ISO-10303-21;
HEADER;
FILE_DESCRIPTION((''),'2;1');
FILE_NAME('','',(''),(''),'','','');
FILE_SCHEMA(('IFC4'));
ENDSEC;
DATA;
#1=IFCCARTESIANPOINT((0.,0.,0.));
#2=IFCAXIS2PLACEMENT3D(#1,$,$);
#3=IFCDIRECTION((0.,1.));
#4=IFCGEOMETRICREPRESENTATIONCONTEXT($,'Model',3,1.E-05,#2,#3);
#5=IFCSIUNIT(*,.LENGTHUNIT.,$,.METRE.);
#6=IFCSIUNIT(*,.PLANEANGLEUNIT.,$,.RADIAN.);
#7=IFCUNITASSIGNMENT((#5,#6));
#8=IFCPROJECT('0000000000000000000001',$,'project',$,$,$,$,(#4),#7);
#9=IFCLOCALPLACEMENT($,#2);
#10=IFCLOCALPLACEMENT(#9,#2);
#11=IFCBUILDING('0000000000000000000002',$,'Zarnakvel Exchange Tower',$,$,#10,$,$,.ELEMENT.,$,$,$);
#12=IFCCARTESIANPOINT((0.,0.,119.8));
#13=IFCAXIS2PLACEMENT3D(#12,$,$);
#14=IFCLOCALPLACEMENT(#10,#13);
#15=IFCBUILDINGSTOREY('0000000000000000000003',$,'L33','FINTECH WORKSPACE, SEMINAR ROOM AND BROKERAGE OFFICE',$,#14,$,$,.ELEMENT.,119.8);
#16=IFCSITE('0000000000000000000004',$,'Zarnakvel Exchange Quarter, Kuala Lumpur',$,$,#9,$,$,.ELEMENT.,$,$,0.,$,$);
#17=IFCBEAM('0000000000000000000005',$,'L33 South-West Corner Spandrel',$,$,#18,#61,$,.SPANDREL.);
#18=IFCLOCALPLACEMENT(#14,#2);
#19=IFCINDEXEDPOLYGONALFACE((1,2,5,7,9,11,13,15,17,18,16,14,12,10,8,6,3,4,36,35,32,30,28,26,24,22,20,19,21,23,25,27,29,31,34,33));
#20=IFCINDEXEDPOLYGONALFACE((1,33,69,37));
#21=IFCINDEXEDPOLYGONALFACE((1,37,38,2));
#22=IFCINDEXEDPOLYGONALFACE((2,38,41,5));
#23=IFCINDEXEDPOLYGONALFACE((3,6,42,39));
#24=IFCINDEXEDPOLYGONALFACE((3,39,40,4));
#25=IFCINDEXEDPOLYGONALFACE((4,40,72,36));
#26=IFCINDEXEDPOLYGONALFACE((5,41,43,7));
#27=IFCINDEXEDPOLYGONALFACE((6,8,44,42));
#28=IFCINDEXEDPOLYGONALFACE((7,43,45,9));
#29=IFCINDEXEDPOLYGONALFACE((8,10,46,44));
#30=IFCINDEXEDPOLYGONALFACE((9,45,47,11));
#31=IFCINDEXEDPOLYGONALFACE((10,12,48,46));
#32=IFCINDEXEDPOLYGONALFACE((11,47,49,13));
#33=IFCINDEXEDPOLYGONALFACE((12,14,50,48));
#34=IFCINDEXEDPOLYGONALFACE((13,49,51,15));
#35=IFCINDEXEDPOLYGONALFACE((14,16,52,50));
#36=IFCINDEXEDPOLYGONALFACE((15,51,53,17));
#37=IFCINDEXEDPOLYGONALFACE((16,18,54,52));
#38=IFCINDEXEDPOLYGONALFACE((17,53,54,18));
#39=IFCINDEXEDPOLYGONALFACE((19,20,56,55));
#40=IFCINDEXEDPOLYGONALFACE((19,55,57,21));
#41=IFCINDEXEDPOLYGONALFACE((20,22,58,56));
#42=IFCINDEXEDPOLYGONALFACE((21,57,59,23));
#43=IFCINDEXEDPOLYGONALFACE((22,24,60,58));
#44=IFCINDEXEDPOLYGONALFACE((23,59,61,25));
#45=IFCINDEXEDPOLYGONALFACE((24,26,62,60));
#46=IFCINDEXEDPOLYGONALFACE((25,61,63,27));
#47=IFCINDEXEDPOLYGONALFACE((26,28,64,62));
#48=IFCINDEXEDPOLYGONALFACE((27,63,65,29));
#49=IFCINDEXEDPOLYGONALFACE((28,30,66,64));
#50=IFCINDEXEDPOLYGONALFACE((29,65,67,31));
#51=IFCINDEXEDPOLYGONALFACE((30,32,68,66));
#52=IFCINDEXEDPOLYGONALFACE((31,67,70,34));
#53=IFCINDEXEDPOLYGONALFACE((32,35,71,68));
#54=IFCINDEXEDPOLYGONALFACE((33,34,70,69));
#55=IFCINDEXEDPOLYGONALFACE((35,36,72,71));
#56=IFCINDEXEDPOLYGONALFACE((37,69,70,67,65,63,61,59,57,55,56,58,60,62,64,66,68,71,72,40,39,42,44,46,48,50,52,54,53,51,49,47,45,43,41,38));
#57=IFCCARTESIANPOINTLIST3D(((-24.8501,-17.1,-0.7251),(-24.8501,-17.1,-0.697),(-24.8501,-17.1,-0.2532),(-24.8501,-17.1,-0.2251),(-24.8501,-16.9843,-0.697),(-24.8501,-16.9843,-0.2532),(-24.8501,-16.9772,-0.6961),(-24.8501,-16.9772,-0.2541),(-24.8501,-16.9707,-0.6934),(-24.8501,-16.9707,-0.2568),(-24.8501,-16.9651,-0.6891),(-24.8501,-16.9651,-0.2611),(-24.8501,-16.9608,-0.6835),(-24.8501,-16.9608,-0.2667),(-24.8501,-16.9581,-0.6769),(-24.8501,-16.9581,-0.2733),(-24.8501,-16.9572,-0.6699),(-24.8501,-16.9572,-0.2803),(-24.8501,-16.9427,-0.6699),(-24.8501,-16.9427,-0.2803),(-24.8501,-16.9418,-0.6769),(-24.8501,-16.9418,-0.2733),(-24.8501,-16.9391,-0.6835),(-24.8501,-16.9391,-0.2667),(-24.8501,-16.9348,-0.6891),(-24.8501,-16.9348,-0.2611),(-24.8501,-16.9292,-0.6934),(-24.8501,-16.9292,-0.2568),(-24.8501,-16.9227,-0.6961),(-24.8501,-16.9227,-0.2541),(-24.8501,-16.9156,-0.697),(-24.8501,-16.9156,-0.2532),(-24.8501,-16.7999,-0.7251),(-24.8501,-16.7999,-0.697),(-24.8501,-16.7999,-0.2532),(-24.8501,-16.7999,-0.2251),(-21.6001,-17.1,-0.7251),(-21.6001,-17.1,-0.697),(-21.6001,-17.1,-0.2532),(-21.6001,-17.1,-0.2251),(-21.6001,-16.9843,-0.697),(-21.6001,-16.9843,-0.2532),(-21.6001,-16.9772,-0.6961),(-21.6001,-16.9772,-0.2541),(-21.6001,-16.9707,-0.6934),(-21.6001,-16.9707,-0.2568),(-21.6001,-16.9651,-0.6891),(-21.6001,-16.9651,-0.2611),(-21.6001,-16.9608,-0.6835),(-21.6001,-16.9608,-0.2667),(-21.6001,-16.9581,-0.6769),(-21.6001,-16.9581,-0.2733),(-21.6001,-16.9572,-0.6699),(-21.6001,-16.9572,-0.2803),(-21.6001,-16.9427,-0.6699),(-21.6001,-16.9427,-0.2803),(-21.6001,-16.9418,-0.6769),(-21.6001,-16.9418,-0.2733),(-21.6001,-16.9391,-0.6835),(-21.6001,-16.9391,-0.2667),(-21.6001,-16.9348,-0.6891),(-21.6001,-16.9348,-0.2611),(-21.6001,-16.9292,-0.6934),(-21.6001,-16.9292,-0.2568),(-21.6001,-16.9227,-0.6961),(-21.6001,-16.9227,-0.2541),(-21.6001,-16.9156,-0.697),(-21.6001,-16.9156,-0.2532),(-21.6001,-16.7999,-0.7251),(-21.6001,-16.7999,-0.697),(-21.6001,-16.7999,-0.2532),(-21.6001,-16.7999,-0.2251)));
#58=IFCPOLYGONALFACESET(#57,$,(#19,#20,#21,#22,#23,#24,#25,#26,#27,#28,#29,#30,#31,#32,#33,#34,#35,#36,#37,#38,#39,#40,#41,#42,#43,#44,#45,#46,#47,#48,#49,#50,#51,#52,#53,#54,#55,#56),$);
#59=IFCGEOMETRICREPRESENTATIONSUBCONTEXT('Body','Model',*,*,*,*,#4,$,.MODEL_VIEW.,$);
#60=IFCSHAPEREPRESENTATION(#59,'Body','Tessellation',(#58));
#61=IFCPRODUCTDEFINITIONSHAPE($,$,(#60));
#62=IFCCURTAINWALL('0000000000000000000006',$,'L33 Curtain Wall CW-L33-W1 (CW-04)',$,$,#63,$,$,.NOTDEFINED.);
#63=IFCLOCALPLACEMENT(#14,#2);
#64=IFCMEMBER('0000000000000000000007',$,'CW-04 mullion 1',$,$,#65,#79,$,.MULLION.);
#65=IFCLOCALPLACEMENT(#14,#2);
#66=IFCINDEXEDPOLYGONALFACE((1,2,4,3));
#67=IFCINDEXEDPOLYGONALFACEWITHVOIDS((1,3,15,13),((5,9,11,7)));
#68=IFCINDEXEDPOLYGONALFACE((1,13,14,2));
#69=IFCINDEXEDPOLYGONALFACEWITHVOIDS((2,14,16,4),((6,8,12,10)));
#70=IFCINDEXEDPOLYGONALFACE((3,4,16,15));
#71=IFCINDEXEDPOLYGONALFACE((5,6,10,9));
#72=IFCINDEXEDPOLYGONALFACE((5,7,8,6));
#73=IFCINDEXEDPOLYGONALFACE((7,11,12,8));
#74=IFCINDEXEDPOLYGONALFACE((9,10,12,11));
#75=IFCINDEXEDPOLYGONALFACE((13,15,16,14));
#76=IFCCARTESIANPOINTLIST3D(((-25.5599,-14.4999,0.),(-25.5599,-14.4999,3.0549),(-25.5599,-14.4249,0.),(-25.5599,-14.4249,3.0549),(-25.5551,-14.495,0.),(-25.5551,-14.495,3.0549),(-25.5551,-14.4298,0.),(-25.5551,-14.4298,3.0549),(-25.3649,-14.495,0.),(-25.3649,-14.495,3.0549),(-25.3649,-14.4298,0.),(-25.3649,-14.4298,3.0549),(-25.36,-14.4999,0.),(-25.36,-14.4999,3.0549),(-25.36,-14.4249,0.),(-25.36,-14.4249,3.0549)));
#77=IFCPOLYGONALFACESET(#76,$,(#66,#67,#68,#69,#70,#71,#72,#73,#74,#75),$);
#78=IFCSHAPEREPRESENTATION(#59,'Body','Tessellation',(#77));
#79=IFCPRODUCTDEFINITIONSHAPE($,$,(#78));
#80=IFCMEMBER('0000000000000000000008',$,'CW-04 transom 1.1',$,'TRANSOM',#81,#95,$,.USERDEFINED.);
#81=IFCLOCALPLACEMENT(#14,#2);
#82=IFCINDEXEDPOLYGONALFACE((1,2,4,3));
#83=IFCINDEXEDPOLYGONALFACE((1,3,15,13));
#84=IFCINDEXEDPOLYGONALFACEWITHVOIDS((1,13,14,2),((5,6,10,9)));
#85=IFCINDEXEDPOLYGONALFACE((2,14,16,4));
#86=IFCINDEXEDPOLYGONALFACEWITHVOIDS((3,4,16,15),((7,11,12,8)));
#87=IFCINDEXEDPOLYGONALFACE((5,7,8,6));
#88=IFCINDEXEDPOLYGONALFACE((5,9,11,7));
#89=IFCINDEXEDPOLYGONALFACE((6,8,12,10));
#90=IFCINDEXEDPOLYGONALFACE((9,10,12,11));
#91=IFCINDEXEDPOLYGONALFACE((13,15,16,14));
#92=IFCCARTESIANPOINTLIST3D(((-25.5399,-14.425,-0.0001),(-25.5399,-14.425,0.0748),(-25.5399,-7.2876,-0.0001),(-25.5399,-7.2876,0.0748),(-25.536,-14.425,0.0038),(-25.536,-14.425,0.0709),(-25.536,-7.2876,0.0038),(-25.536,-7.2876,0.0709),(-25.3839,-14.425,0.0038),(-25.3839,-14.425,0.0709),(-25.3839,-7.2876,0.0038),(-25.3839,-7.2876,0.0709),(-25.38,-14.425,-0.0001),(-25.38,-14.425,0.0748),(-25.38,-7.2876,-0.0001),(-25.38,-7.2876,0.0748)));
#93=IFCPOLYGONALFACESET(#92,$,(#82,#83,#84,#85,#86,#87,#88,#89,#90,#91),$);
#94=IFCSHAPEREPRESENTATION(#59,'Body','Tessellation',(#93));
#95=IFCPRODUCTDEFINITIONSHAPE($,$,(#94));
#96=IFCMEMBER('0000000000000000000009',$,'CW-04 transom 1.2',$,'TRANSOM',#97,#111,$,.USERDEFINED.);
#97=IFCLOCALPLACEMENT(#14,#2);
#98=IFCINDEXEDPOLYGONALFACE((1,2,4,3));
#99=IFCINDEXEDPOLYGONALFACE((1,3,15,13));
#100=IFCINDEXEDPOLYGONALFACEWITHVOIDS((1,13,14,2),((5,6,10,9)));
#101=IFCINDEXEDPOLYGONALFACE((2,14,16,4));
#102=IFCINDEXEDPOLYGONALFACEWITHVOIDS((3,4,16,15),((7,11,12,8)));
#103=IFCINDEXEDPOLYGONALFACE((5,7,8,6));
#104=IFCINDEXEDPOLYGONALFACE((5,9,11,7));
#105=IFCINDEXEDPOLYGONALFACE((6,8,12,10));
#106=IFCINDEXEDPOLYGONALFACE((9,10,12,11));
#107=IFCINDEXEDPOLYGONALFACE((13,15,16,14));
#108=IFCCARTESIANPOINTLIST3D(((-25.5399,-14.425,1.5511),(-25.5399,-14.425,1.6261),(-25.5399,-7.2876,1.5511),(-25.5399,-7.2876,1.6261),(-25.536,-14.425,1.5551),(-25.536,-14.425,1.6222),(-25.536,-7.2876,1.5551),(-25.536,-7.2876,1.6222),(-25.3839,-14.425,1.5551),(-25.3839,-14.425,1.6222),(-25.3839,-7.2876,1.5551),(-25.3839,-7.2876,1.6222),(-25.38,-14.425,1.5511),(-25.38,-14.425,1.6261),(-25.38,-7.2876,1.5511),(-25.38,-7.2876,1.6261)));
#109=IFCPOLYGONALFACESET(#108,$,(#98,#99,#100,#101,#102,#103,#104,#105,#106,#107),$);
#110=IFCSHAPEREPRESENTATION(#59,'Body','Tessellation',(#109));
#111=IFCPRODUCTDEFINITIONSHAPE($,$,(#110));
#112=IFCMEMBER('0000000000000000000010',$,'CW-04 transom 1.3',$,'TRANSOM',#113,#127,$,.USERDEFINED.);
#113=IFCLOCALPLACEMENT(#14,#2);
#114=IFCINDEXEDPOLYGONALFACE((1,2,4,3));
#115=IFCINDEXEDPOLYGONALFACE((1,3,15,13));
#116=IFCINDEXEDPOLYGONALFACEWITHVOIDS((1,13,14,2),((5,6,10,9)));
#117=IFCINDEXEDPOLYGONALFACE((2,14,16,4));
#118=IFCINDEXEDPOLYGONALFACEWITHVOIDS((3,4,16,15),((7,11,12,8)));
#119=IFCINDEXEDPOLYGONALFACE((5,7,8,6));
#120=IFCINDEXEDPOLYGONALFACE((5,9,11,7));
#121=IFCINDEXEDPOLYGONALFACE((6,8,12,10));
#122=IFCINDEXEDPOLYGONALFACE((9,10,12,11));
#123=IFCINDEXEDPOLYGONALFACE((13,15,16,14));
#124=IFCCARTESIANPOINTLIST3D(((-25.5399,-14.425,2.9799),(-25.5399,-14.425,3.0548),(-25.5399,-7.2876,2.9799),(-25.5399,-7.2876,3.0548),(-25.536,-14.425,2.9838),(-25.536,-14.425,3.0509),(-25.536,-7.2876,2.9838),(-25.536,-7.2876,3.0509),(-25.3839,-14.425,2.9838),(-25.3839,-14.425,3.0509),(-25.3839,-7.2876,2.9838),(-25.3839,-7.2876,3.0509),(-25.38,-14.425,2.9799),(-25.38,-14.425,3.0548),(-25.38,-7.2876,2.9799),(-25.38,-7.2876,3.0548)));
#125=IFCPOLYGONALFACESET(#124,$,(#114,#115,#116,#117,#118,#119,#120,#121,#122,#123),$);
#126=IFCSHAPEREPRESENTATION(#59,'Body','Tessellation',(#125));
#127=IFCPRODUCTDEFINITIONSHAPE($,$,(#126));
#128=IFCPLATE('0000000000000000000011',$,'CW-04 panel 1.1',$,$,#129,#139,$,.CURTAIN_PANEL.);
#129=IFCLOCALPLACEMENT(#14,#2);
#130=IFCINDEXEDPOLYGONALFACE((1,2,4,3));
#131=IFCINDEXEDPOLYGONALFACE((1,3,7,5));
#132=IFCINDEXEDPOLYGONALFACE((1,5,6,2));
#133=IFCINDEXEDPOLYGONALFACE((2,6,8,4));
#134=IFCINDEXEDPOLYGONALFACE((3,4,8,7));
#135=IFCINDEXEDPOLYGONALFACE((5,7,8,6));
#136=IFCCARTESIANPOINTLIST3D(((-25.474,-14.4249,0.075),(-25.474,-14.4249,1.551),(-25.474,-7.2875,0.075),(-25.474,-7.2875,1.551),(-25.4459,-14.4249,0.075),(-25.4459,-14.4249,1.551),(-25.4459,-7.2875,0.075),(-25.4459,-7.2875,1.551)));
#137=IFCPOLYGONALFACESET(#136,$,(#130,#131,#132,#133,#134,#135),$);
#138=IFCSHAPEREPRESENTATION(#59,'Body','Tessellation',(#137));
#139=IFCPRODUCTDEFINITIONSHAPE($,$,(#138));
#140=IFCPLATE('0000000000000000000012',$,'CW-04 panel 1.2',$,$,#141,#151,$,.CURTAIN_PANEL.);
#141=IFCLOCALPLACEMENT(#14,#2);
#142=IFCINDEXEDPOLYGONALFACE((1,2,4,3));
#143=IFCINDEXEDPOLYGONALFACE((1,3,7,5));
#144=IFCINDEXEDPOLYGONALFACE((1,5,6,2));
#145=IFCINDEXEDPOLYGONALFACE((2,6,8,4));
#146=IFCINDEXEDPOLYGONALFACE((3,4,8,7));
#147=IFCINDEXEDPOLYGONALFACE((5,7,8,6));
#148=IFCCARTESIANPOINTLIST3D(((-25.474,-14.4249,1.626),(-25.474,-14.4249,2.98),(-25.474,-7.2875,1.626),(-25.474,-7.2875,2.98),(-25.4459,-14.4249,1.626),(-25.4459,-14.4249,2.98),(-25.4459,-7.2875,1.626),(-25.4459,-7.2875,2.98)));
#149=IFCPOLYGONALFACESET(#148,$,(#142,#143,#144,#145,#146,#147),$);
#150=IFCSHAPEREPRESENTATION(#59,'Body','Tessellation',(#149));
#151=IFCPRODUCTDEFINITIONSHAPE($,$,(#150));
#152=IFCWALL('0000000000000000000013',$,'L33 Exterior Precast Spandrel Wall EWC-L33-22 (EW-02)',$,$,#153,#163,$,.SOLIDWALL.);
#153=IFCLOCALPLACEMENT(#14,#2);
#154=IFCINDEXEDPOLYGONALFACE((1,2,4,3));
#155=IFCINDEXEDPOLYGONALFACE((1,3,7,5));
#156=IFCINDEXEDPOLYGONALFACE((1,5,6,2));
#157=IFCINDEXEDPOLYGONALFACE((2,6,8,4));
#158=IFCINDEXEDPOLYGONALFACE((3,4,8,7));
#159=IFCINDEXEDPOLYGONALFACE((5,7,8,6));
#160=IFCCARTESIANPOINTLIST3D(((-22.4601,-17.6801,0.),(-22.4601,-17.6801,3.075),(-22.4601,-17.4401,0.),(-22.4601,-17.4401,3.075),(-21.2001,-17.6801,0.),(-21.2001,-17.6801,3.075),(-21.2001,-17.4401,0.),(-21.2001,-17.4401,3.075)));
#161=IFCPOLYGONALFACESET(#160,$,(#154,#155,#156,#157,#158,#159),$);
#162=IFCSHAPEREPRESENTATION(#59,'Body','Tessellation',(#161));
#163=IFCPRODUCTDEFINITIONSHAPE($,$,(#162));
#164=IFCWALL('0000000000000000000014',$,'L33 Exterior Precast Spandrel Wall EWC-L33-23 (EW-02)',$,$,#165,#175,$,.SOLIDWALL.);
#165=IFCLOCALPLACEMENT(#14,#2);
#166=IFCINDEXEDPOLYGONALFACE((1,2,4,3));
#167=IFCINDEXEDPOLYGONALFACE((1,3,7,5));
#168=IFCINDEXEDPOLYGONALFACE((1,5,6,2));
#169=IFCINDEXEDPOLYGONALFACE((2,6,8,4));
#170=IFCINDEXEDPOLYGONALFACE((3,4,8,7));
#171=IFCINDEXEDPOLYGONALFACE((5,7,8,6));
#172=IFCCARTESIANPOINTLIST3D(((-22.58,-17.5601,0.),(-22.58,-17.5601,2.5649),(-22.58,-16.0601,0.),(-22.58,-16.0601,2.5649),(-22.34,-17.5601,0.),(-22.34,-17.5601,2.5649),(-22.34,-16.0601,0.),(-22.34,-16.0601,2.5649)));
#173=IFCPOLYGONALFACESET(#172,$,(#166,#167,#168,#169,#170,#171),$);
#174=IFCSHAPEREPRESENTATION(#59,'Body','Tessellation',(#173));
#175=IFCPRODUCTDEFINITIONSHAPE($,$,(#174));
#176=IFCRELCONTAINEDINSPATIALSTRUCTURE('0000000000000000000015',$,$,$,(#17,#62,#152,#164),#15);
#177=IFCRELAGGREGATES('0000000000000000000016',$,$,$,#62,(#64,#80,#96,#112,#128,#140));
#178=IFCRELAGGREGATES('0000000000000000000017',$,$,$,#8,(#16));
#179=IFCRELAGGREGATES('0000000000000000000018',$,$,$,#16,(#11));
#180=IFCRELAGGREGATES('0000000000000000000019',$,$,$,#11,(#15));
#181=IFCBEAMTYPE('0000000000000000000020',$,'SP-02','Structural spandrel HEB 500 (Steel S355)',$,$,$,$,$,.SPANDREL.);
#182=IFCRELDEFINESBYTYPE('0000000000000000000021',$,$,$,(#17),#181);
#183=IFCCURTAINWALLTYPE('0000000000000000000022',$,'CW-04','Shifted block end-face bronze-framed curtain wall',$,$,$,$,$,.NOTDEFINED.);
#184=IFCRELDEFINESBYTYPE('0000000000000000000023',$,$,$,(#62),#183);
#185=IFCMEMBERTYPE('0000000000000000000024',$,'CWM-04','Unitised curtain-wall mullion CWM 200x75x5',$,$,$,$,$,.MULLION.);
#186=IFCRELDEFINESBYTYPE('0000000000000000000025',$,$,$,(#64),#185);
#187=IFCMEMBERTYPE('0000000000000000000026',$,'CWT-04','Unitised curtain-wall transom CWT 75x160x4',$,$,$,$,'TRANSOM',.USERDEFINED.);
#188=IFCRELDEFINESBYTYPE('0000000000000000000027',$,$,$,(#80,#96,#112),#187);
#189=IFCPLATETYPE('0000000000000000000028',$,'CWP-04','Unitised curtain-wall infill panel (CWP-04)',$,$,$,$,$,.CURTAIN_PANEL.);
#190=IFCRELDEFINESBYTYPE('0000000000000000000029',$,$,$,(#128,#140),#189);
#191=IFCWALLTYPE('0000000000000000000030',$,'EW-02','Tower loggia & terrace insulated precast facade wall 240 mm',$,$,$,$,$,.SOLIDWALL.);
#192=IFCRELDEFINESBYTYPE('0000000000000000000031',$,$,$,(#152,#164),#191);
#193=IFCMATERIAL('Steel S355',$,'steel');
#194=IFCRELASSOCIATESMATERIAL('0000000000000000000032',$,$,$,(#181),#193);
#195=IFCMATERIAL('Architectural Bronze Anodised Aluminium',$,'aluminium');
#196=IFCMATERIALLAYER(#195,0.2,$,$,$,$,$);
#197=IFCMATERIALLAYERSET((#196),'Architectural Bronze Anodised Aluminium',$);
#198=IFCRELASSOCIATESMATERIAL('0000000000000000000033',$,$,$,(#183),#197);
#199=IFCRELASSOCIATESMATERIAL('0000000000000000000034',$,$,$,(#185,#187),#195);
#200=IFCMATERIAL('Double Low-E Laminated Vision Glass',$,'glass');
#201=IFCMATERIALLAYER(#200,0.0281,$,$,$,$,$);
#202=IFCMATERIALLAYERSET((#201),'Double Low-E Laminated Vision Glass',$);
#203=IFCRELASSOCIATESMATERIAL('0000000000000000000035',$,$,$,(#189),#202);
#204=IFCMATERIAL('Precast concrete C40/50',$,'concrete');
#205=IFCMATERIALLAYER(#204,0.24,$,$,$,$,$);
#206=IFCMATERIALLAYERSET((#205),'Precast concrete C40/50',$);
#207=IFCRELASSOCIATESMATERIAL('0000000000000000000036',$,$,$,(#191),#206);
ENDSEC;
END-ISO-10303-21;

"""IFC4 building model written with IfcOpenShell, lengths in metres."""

from ifc_helpers import new_model, si_unit, direction, frame, frame_2d, origin, origin_2d, place, context, subcontext, project, spatial, rectangle, hollow_rectangle, i_section, extrude, source, transform, mapped, material, layer, layer_set, material_profile, profile_set, type_object, element, aggregate, save


model = new_model("IFC4")

# Units and contexts
model_context = context("Model", 3, precision=1e-05, world=origin(), true_north=direction((0.0, 1.0)))
body_context = subcontext(model_context, "Body", "Model", "MODEL_VIEW")
ifc_project = project(units=[si_unit("LENGTHUNIT", "METRE"), si_unit("PLANEANGLEUNIT", "RADIAN")], contexts=[model_context])

# Site, building, storey
site_placement = place(None, origin())
site = spatial("IfcSite", under=ifc_project, at=site_placement, Name="Zarnakvel Exchange Quarter, Kuala Lumpur", CompositionType="ELEMENT", RefElevation=0.0)
building_placement = place(site_placement, origin())
building = spatial("IfcBuilding", under=site, at=building_placement, Name="Zarnakvel Exchange Tower", CompositionType="ELEMENT")
storey_placement = place(building_placement, frame((0.0, 0.0, 119.8)))
storey = spatial("IfcBuildingStorey", under=building, at=storey_placement, Name="L33", Description="FINTECH WORKSPACE, SEMINAR ROOM AND BROKERAGE OFFICE", CompositionType="ELEMENT", Elevation=119.8)

# Shared definitions
ifc_material_1 = material(Name="Steel S355", Category="steel")

# Beam
ifc_material_profile_1 = material_profile(ifc_material_1, i_section(OverallWidth=0.3, OverallDepth=0.5, WebThickness=0.0144, FlangeThickness=0.0281, FilletRadius=0.0271, at=origin_2d()))
ifc_profile_set_1 = profile_set([ifc_material_profile_1], Name="Steel S355")
beam_type_1 = type_object("IfcBeamType", Name="SP-02", Description="Structural spandrel HEB 500 (Steel S355)", PredefinedType="SPANDREL", material=ifc_profile_set_1)
beam_1_placement = place(storey_placement, frame((-24.8501, -16.95, -0.4751), z_axis=(1.0, 0.0, 0.0), x_axis=(0.0, 1.0, 0.0)))
element("IfcBeam", 1, at=beam_1_placement, inside=storey, type_object=beam_type_1, Name="L33 South-West Corner Spandrel", PredefinedType="SPANDREL", context=body_context, shape_type="SweptSolid", body=[
    extrude(i_section(OverallWidth=0.3, OverallDepth=0.5, WebThickness=0.0144, FlangeThickness=0.0281, FilletRadius=0.0271, at=origin_2d()), origin(), (0.0, 0.0, 1.0), 3.25),
])

# Curtain wall, members, plates
ifc_material_2 = material(Name="Architectural Bronze Anodised Aluminium", Category="aluminium")
ifc_layer_1 = layer(ifc_material_2, 0.2)
ifc_layer_set_1 = layer_set([ifc_layer_1], Name="Architectural Bronze Anodised Aluminium")
curtain_wall_type = type_object("IfcCurtainWallType", Name="CW-04", Description="Shifted block end-face bronze-framed curtain wall", PredefinedType="NOTDEFINED", material=ifc_layer_set_1)
curtain_wall_placement = place(storey_placement, origin())
curtain_wall = element("IfcCurtainWall", 2, at=curtain_wall_placement, inside=storey, type_object=curtain_wall_type, Name="L33 Curtain Wall CW-L33-W1 (CW-04)", PredefinedType="NOTDEFINED")
ifc_material_profile_2 = material_profile(ifc_material_2, hollow_rectangle(XDim=0.2, YDim=0.075, WallThickness=0.0049, at=origin_2d()))
ifc_profile_set_2 = profile_set([ifc_material_profile_2], Name="Architectural Bronze Anodised Aluminium")
member_type_1 = type_object("IfcMemberType", Name="CWM-04", Description="Unitised curtain-wall mullion CWM 200x75x5", PredefinedType="MULLION", material=ifc_profile_set_2)
shared_shape_1 = source(origin(), body_context, "Body", "SweptSolid", [
    extrude(hollow_rectangle(XDim=0.2, YDim=0.075, WallThickness=0.0049, at=origin_2d()), origin(), (0.0, 0.0, 1.0), 3.0549),
])
member_1_placement = place(storey_placement, frame((-25.46, -14.4624, 0.0), z_axis=(0.0, 0.0, 1.0), x_axis=(-1.0, 0.0, 0.0)))
member_1 = element("IfcMember", 3, at=member_1_placement, type_object=member_type_1, Name="CW-04 mullion 1", PredefinedType="MULLION", context=body_context, shape_type="MappedRepresentation", body=[
    mapped(shared_shape_1, transform((0.0, 0.0, 0.0), x_axis=(1.0, 0.0, 0.0), y_axis=(0.0, 1.0, 0.0), z_axis=(0.0, 0.0, 1.0), scale=1.0)),
])
ifc_material_profile_3 = material_profile(ifc_material_2, hollow_rectangle(XDim=0.1599, YDim=0.075, WallThickness=0.0039, at=origin_2d()))
ifc_profile_set_3 = profile_set([ifc_material_profile_3], Name="Architectural Bronze Anodised Aluminium")
member_type_2 = type_object("IfcMemberType", Name="CWT-04", Description="Unitised curtain-wall transom CWT 75x160x4", ElementType="TRANSOM", PredefinedType="USERDEFINED", material=ifc_profile_set_3)
shared_shape_2 = source(origin(), body_context, "Body", "SweptSolid", [
    extrude(hollow_rectangle(XDim=0.1599, YDim=0.075, WallThickness=0.0039, at=origin_2d()), origin(), (0.0, 0.0, 1.0), 7.1375),
])
member_2_placement = place(storey_placement, frame((-25.46, -14.425, 0.0374), z_axis=(0.0, 1.0, 0.0), x_axis=(-1.0, 0.0, 0.0)))
member_2 = element("IfcMember", 4, at=member_2_placement, type_object=member_type_2, Name="CW-04 transom 1.1", ObjectType="TRANSOM", PredefinedType="USERDEFINED", context=body_context, shape_type="MappedRepresentation", body=[
    mapped(shared_shape_2, transform((0.0, 0.0, 0.0), x_axis=(1.0, 0.0, 0.0), y_axis=(0.0, 1.0, 0.0), z_axis=(0.0, 0.0, 1.0), scale=1.0)),
])
member_3_placement = place(storey_placement, frame((-25.46, -14.425, 1.5886), z_axis=(0.0, 1.0, 0.0), x_axis=(-1.0, 0.0, 0.0)))
member_3 = element("IfcMember", 5, at=member_3_placement, type_object=member_type_2, Name="CW-04 transom 1.2", ObjectType="TRANSOM", PredefinedType="USERDEFINED", context=body_context, shape_type="MappedRepresentation", body=[
    mapped(shared_shape_2, transform((0.0, 0.0, 0.0), x_axis=(1.0, 0.0, 0.0), y_axis=(0.0, 1.0, 0.0), z_axis=(0.0, 0.0, 1.0), scale=1.0)),
])
member_4_placement = place(storey_placement, frame((-25.46, -14.425, 3.0173), z_axis=(0.0, 1.0, 0.0), x_axis=(-1.0, 0.0, 0.0)))
member_4 = element("IfcMember", 6, at=member_4_placement, type_object=member_type_2, Name="CW-04 transom 1.3", ObjectType="TRANSOM", PredefinedType="USERDEFINED", context=body_context, shape_type="MappedRepresentation", body=[
    mapped(shared_shape_2, transform((0.0, 0.0, 0.0), x_axis=(1.0, 0.0, 0.0), y_axis=(0.0, 1.0, 0.0), z_axis=(0.0, 0.0, 1.0), scale=1.0)),
])
ifc_material_3 = material(Name="Double Low-E Laminated Vision Glass", Category="glass")
ifc_layer_2 = layer(ifc_material_3, 0.0281)
ifc_layer_set_2 = layer_set([ifc_layer_2], Name="Double Low-E Laminated Vision Glass")
plate_type = type_object("IfcPlateType", Name="CWP-04", Description="Unitised curtain-wall infill panel (CWP-04)", PredefinedType="CURTAIN_PANEL", material=ifc_layer_set_2)
shared_shape_3 = source(origin(), body_context, "Body", "SweptSolid", [
    extrude(rectangle(XDim=7.1375, YDim=0.0281, at=origin_2d()), origin(), (0.0, 0.0, 1.0), 1.4761),
])
plate_1_placement = place(storey_placement, frame((-25.46, -10.8562, 0.075), z_axis=(0.0, 0.0, 1.0), x_axis=(0.0, 1.0, 0.0)))
plate_1 = element("IfcPlate", 7, at=plate_1_placement, type_object=plate_type, Name="CW-04 panel 1.1", PredefinedType="CURTAIN_PANEL", context=body_context, shape_type="MappedRepresentation", body=[
    mapped(shared_shape_3, transform((0.0, 0.0, 0.0), x_axis=(1.0, 0.0, 0.0), y_axis=(0.0, 1.0, 0.0), z_axis=(0.0, 0.0, 1.0), scale=1.0)),
])
shared_shape_4 = source(origin(), body_context, "Body", "SweptSolid", [
    extrude(rectangle(XDim=7.1375, YDim=0.0281, at=origin_2d()), origin(), (0.0, 0.0, 1.0), 1.354),
])
plate_2_placement = place(storey_placement, frame((-25.46, -10.8562, 1.626), z_axis=(0.0, 0.0, 1.0), x_axis=(0.0, 1.0, 0.0)))
plate_2 = element("IfcPlate", 8, at=plate_2_placement, type_object=plate_type, Name="CW-04 panel 1.2", PredefinedType="CURTAIN_PANEL", context=body_context, shape_type="MappedRepresentation", body=[
    mapped(shared_shape_4, transform((0.0, 0.0, 0.0), x_axis=(1.0, 0.0, 0.0), y_axis=(0.0, 1.0, 0.0), z_axis=(0.0, 0.0, 1.0), scale=1.0)),
])
aggregate(curtain_wall, [member_1, member_2, member_3, member_4, plate_1, plate_2])

# Walls
ifc_material_4 = material(Name="Precast concrete C40/50", Category="concrete")
ifc_layer_3 = layer(ifc_material_4, 0.24)
ifc_layer_set_3 = layer_set([ifc_layer_3], Name="Precast concrete C40/50")
wall_type_1 = type_object("IfcWallType", Name="EW-02", Description="Tower loggia & terrace insulated precast facade wall 240 mm", PredefinedType="SOLIDWALL", material=ifc_layer_set_3)
wall_1_placement = place(storey_placement, frame((-22.46, -17.5601, 0.0), z_axis=(0.0, 0.0, 1.0), x_axis=(1.0, 0.0, 0.0)))
element("IfcWall", 9, at=wall_1_placement, inside=storey, type_object=wall_type_1, Name="L33 Exterior Precast Spandrel Wall EWC-L33-22 (EW-02)", PredefinedType="SOLIDWALL", context=body_context, shape_type="SweptSolid", body=[
    extrude(rectangle(XDim=1.26, YDim=0.24, at=frame_2d((0.6299, 0.0))), origin(), (0.0, 0.0, 1.0), 3.075),
])
wall_2_placement = place(storey_placement, frame((-22.46, -16.0601, 0.0), z_axis=(0.0, 0.0, 1.0), x_axis=(0.0, -1.0, 0.0)))
element("IfcWall", 10, at=wall_2_placement, inside=storey, type_object=wall_type_1, Name="L33 Exterior Precast Spandrel Wall EWC-L33-23 (EW-02)", PredefinedType="SOLIDWALL", context=body_context, shape_type="SweptSolid", body=[
    extrude(rectangle(XDim=1.5, YDim=0.24, at=frame_2d((0.75, 0.0))), origin(), (0.0, 0.0, 1.0), 2.5649),
])

save(model, "model.ifc")
